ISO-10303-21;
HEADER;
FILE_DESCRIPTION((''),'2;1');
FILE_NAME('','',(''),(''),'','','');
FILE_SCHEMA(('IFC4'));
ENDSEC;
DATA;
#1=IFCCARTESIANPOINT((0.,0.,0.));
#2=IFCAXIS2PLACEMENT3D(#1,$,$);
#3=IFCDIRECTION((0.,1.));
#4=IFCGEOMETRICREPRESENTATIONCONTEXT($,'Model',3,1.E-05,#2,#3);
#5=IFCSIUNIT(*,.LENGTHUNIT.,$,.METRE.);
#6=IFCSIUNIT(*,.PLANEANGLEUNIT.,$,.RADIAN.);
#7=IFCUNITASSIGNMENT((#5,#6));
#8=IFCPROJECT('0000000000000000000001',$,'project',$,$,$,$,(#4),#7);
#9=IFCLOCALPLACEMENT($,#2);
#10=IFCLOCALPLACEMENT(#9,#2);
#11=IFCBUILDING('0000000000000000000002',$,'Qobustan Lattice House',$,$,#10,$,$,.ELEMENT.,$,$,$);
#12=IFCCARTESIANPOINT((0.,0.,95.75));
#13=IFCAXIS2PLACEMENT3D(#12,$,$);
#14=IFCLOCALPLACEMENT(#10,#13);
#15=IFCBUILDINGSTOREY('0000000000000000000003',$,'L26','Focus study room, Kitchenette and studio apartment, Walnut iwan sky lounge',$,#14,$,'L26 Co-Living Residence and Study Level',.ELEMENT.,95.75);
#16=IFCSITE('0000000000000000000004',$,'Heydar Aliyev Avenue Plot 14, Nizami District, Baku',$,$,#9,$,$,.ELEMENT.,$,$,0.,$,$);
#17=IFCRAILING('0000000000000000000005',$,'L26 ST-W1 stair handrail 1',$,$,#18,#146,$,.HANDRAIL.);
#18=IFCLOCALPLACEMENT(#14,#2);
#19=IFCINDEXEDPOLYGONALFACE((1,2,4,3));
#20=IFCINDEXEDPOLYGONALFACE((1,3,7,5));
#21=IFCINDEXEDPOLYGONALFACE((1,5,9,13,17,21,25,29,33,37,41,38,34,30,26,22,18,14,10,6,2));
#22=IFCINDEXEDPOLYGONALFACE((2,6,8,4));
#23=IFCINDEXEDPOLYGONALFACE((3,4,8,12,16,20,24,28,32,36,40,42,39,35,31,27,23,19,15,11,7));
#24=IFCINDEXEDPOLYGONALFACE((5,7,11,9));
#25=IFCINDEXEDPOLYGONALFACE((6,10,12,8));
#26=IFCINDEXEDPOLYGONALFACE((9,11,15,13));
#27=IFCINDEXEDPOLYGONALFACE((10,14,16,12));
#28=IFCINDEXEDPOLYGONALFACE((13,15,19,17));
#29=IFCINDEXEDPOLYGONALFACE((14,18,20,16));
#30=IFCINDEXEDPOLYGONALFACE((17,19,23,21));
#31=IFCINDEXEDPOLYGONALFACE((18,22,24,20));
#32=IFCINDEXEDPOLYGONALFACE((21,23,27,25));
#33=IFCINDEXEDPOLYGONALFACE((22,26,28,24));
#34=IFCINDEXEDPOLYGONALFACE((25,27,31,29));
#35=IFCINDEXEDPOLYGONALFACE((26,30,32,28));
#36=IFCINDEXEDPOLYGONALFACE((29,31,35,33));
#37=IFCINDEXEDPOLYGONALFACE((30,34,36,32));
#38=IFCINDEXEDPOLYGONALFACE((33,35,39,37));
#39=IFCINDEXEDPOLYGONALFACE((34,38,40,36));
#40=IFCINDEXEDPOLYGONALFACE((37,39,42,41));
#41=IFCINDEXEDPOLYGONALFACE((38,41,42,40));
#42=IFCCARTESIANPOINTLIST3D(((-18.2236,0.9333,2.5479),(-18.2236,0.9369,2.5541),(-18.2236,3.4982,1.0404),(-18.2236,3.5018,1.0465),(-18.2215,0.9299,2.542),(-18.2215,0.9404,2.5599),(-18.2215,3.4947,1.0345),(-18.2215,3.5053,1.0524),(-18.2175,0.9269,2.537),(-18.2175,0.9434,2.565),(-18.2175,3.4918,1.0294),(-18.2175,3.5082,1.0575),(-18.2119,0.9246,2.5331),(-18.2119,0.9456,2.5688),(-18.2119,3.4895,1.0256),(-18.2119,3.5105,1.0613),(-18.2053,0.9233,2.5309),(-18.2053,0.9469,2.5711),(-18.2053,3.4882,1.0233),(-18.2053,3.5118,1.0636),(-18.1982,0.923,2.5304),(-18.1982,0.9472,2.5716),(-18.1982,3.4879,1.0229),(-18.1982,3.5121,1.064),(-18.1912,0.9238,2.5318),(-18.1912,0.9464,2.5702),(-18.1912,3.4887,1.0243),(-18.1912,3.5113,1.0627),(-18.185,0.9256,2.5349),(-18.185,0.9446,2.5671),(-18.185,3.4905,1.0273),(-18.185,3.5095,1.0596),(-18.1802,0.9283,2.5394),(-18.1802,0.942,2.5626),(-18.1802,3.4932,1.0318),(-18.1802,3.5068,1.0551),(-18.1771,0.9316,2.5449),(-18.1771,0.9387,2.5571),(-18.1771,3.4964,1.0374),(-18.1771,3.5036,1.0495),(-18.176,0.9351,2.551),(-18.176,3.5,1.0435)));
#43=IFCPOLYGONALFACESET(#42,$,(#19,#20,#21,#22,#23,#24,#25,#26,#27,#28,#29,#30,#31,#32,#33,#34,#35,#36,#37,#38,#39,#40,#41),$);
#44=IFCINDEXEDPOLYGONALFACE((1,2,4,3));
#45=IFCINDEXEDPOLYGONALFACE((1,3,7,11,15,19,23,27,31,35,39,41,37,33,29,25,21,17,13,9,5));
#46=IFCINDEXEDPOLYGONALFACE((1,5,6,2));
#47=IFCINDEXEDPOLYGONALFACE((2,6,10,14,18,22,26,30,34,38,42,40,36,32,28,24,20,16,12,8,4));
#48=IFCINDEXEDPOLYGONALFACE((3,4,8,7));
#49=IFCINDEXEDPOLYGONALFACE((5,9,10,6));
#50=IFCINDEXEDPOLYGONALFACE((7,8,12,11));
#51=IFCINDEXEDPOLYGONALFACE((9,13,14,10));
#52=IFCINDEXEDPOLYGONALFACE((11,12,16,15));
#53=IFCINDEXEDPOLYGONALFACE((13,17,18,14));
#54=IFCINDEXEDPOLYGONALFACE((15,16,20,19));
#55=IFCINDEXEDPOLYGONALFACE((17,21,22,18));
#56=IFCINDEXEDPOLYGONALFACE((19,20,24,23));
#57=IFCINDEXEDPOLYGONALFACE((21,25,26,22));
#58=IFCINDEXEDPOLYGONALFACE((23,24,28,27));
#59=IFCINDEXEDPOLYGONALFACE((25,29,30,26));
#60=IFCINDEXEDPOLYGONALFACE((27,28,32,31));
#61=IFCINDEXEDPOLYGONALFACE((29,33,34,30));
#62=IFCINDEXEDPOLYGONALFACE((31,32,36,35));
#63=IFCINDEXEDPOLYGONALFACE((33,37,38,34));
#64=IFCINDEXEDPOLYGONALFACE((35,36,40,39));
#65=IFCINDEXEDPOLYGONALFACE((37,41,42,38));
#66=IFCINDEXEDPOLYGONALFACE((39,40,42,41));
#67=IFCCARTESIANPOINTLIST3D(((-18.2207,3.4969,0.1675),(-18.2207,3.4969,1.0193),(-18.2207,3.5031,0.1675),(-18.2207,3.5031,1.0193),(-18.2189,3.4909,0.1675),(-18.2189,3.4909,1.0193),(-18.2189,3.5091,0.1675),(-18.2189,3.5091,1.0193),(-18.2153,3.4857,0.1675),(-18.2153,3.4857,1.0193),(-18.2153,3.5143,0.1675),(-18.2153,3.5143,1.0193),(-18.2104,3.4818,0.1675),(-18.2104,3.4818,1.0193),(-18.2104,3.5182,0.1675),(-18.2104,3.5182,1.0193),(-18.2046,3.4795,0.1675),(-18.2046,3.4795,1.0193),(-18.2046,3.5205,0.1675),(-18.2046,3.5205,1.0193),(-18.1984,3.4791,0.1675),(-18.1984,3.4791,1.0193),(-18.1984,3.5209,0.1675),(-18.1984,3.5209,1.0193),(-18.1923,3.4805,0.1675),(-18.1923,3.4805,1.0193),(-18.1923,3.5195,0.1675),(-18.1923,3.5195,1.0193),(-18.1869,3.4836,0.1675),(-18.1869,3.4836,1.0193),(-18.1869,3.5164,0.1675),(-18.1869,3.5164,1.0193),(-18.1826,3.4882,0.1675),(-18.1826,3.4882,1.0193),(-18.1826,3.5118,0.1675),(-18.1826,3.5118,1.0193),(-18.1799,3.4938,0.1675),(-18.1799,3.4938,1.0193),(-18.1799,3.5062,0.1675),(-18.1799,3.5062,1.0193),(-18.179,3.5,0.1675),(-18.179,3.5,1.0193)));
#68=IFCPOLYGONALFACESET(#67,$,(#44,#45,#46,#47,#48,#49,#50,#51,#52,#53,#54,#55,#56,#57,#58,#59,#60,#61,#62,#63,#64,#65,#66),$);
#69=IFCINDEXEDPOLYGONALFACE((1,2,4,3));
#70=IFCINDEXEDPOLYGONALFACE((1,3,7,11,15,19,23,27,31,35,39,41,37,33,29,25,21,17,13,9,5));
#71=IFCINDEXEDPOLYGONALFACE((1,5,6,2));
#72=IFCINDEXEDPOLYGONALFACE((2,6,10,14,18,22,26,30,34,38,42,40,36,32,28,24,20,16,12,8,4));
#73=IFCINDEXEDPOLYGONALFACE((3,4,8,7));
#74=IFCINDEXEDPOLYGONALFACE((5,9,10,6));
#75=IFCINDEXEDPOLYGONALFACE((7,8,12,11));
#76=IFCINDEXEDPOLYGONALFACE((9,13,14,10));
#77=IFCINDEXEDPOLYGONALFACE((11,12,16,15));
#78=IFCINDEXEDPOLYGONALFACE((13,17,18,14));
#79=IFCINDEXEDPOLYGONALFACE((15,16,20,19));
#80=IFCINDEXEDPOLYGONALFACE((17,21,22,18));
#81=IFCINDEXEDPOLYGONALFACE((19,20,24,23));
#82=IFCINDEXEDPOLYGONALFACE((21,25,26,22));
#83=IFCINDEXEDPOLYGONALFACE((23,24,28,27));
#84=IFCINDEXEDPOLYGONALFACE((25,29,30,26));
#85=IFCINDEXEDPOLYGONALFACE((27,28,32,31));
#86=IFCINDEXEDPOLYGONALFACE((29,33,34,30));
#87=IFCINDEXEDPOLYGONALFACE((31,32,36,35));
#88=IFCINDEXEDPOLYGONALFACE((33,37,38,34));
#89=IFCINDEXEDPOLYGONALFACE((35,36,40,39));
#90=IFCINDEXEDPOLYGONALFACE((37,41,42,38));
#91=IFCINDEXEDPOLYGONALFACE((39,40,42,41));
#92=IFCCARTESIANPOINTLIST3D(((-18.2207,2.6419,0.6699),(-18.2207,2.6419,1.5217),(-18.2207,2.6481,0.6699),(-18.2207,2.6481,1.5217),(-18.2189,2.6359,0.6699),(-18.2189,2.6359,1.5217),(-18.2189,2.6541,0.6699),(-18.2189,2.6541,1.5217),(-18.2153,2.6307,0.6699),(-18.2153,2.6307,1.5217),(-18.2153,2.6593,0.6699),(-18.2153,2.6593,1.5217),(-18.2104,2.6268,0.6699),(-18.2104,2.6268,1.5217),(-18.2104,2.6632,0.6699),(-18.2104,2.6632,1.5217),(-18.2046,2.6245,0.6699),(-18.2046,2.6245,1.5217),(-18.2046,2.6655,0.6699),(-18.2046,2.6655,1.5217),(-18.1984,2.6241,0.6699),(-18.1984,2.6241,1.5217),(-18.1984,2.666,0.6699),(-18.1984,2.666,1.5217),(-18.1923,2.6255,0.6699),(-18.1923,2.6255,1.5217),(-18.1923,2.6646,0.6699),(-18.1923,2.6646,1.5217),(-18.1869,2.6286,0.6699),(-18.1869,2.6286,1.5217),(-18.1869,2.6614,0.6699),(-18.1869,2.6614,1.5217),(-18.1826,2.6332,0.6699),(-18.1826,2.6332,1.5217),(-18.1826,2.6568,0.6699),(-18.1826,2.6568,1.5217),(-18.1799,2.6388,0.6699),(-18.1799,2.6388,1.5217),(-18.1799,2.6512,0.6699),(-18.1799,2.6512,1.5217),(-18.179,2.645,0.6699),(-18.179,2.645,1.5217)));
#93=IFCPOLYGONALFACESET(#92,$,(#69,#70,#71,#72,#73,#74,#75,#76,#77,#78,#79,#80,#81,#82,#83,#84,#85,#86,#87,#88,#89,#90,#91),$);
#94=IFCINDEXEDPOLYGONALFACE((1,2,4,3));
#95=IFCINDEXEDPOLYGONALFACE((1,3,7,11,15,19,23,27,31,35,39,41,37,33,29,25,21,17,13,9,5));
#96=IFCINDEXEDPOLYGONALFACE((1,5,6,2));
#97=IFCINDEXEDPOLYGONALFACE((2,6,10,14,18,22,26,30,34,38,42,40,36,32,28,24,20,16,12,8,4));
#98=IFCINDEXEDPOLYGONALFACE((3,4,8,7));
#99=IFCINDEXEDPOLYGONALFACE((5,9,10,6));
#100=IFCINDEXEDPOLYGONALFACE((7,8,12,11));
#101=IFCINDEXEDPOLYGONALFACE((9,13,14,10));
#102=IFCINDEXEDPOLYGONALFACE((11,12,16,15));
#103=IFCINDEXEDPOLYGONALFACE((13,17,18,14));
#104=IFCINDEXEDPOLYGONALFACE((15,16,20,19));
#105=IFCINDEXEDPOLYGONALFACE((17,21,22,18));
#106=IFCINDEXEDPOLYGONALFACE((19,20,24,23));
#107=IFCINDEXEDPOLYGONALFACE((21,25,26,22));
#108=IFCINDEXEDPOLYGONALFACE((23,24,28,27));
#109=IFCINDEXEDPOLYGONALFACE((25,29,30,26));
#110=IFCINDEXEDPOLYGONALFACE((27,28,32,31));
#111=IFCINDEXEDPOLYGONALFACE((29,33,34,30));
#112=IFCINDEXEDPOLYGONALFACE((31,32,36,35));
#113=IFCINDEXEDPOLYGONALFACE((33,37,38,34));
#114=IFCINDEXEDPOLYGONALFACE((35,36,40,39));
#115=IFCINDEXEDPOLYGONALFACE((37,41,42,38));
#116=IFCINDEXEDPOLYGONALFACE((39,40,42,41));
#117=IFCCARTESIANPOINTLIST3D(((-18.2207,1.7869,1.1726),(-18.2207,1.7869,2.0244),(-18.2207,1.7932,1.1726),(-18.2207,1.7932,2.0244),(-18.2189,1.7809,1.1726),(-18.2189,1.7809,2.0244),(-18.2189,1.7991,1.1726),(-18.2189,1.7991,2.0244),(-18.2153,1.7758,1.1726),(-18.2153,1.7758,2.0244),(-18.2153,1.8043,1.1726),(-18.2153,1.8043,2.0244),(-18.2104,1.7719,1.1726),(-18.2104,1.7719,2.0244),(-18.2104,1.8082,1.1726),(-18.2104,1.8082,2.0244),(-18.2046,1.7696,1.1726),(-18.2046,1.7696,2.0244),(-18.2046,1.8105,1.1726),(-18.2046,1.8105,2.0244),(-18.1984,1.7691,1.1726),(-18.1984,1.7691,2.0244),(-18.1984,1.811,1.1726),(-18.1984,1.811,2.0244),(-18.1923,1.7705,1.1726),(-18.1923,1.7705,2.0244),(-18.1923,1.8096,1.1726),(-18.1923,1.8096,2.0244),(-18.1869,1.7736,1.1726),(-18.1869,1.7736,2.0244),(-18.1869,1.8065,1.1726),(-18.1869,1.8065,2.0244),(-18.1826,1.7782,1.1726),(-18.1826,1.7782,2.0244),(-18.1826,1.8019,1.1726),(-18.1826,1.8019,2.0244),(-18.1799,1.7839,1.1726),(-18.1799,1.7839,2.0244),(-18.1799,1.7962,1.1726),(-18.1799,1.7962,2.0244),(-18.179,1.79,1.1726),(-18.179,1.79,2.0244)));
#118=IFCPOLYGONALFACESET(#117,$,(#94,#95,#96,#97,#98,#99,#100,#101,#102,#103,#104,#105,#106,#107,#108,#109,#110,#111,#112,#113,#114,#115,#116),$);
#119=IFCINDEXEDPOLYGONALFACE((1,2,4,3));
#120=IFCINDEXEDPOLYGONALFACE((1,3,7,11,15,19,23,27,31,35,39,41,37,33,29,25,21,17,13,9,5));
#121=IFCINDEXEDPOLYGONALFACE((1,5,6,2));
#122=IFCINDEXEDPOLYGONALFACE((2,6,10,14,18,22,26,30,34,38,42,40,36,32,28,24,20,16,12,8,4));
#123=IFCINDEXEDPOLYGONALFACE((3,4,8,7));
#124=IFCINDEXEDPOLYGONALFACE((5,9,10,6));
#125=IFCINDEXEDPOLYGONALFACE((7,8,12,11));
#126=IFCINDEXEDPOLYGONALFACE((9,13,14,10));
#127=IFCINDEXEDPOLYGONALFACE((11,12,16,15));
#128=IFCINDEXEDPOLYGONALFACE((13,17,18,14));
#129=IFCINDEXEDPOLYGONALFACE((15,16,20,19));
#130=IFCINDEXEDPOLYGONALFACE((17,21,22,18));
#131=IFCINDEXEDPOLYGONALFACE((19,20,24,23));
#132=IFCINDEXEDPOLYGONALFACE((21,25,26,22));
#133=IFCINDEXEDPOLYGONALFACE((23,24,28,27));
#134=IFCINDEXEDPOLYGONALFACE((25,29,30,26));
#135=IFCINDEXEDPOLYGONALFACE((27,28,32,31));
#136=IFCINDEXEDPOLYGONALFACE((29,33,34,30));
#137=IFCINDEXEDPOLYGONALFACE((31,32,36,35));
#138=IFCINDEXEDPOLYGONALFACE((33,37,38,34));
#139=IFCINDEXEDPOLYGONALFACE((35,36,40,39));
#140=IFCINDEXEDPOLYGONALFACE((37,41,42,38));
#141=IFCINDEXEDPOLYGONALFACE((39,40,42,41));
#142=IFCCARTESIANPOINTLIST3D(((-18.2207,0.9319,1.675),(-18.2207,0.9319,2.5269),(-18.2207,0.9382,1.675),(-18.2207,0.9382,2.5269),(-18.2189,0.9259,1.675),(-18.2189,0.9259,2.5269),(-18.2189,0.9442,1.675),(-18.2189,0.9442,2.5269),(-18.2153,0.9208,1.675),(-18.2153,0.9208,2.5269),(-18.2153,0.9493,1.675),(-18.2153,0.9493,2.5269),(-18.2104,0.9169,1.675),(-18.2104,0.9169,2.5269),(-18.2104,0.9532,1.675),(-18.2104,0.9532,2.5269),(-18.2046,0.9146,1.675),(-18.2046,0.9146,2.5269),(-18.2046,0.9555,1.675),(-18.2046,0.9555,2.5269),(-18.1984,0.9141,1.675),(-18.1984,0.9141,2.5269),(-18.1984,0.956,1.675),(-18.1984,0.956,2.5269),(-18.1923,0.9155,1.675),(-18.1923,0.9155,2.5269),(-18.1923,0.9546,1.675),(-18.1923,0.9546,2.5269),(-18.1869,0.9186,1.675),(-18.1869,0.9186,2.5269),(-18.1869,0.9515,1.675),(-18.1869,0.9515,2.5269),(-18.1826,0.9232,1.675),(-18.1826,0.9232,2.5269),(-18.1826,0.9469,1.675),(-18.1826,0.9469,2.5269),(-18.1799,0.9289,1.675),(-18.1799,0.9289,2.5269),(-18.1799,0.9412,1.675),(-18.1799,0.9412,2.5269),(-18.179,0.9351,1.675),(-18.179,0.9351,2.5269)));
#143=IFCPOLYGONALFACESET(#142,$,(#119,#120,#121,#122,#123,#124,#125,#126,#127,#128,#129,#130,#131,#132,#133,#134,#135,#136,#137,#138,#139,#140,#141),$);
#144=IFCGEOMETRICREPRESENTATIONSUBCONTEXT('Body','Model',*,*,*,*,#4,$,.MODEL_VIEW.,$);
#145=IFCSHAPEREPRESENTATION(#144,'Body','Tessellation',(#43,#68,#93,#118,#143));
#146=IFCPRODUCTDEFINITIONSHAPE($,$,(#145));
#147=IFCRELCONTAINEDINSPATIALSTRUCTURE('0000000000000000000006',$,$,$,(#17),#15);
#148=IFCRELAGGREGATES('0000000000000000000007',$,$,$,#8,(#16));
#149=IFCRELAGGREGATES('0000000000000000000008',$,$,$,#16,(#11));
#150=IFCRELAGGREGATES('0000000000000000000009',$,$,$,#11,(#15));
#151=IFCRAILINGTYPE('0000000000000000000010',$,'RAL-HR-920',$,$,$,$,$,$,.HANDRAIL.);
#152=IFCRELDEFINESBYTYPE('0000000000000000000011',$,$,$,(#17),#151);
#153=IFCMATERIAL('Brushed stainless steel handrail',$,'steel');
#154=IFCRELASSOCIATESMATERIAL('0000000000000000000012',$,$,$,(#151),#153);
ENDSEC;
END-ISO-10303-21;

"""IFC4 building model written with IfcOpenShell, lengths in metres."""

from ifc_helpers import new_model, si_unit, direction, frame, origin, origin_2d, place, context, subcontext, project, spatial, circle, extrude, material, type_object, element, save


model = new_model("IFC4")

# Units and contexts
model_context = context("Model", 3, precision=1e-05, world=origin(), true_north=direction((0.0, 1.0)))
body_context = subcontext(model_context, "Body", "Model", "MODEL_VIEW")
ifc_project = project(units=[si_unit("LENGTHUNIT", "METRE"), si_unit("PLANEANGLEUNIT", "RADIAN")], contexts=[model_context])

# Site, building, storey
site_placement = place(None, origin())
site = spatial("IfcSite", under=ifc_project, at=site_placement, Name="Heydar Aliyev Avenue Plot 14, Nizami District, Baku", CompositionType="ELEMENT", RefElevation=0.0)
building_placement = place(site_placement, origin())
building = spatial("IfcBuilding", under=site, at=building_placement, Name="Qobustan Lattice House", CompositionType="ELEMENT")
storey_placement = place(building_placement, frame((0.0, 0.0, 95.75)))
storey = spatial("IfcBuildingStorey", under=building, at=storey_placement, Name="L26", Description="Focus study room, Kitchenette and studio apartment, Walnut iwan sky lounge", LongName="L26 Co-Living Residence and Study Level", CompositionType="ELEMENT", Elevation=95.75)

# Railing
ifc_material_1 = material(Name="Brushed stainless steel handrail", Category="steel")
railing_type = type_object("IfcRailingType", Name="RAL-HR-920", PredefinedType="HANDRAIL", material=ifc_material_1)
railing_placement = place(storey_placement, frame((-18.2, 3.5, 0.1675)))
element("IfcRailing", 1, at=railing_placement, inside=storey, type_object=railing_type, Name="L26 ST-W1 stair handrail 1", PredefinedType="HANDRAIL", context=body_context, shape_type="SweptSolid", body=[
    extrude(circle(Radius=0.0239, at=origin_2d()), frame((0.0, 0.0, 0.876), z_axis=(0.0, -0.862113, 0.506715), x_axis=(1.0, 0.0, 0.0)), (0.0, 0.0, 1.0), 2.9751),
    extrude(circle(Radius=0.021, at=origin_2d()), origin(), (0.0, 0.0, 1.0), 0.8518),
    extrude(circle(Radius=0.021, at=origin_2d()), frame((0.0, -0.855, 0.5024)), (0.0, 0.0, 1.0), 0.8518),
    extrude(circle(Radius=0.021, at=origin_2d()), frame((0.0, -1.71, 1.0051)), (0.0, 0.0, 1.0), 0.8518),
    extrude(circle(Radius=0.021, at=origin_2d()), frame((0.0, -2.5649, 1.5076)), (0.0, 0.0, 1.0), 0.8518),
])

save(model, "model.ifc")
